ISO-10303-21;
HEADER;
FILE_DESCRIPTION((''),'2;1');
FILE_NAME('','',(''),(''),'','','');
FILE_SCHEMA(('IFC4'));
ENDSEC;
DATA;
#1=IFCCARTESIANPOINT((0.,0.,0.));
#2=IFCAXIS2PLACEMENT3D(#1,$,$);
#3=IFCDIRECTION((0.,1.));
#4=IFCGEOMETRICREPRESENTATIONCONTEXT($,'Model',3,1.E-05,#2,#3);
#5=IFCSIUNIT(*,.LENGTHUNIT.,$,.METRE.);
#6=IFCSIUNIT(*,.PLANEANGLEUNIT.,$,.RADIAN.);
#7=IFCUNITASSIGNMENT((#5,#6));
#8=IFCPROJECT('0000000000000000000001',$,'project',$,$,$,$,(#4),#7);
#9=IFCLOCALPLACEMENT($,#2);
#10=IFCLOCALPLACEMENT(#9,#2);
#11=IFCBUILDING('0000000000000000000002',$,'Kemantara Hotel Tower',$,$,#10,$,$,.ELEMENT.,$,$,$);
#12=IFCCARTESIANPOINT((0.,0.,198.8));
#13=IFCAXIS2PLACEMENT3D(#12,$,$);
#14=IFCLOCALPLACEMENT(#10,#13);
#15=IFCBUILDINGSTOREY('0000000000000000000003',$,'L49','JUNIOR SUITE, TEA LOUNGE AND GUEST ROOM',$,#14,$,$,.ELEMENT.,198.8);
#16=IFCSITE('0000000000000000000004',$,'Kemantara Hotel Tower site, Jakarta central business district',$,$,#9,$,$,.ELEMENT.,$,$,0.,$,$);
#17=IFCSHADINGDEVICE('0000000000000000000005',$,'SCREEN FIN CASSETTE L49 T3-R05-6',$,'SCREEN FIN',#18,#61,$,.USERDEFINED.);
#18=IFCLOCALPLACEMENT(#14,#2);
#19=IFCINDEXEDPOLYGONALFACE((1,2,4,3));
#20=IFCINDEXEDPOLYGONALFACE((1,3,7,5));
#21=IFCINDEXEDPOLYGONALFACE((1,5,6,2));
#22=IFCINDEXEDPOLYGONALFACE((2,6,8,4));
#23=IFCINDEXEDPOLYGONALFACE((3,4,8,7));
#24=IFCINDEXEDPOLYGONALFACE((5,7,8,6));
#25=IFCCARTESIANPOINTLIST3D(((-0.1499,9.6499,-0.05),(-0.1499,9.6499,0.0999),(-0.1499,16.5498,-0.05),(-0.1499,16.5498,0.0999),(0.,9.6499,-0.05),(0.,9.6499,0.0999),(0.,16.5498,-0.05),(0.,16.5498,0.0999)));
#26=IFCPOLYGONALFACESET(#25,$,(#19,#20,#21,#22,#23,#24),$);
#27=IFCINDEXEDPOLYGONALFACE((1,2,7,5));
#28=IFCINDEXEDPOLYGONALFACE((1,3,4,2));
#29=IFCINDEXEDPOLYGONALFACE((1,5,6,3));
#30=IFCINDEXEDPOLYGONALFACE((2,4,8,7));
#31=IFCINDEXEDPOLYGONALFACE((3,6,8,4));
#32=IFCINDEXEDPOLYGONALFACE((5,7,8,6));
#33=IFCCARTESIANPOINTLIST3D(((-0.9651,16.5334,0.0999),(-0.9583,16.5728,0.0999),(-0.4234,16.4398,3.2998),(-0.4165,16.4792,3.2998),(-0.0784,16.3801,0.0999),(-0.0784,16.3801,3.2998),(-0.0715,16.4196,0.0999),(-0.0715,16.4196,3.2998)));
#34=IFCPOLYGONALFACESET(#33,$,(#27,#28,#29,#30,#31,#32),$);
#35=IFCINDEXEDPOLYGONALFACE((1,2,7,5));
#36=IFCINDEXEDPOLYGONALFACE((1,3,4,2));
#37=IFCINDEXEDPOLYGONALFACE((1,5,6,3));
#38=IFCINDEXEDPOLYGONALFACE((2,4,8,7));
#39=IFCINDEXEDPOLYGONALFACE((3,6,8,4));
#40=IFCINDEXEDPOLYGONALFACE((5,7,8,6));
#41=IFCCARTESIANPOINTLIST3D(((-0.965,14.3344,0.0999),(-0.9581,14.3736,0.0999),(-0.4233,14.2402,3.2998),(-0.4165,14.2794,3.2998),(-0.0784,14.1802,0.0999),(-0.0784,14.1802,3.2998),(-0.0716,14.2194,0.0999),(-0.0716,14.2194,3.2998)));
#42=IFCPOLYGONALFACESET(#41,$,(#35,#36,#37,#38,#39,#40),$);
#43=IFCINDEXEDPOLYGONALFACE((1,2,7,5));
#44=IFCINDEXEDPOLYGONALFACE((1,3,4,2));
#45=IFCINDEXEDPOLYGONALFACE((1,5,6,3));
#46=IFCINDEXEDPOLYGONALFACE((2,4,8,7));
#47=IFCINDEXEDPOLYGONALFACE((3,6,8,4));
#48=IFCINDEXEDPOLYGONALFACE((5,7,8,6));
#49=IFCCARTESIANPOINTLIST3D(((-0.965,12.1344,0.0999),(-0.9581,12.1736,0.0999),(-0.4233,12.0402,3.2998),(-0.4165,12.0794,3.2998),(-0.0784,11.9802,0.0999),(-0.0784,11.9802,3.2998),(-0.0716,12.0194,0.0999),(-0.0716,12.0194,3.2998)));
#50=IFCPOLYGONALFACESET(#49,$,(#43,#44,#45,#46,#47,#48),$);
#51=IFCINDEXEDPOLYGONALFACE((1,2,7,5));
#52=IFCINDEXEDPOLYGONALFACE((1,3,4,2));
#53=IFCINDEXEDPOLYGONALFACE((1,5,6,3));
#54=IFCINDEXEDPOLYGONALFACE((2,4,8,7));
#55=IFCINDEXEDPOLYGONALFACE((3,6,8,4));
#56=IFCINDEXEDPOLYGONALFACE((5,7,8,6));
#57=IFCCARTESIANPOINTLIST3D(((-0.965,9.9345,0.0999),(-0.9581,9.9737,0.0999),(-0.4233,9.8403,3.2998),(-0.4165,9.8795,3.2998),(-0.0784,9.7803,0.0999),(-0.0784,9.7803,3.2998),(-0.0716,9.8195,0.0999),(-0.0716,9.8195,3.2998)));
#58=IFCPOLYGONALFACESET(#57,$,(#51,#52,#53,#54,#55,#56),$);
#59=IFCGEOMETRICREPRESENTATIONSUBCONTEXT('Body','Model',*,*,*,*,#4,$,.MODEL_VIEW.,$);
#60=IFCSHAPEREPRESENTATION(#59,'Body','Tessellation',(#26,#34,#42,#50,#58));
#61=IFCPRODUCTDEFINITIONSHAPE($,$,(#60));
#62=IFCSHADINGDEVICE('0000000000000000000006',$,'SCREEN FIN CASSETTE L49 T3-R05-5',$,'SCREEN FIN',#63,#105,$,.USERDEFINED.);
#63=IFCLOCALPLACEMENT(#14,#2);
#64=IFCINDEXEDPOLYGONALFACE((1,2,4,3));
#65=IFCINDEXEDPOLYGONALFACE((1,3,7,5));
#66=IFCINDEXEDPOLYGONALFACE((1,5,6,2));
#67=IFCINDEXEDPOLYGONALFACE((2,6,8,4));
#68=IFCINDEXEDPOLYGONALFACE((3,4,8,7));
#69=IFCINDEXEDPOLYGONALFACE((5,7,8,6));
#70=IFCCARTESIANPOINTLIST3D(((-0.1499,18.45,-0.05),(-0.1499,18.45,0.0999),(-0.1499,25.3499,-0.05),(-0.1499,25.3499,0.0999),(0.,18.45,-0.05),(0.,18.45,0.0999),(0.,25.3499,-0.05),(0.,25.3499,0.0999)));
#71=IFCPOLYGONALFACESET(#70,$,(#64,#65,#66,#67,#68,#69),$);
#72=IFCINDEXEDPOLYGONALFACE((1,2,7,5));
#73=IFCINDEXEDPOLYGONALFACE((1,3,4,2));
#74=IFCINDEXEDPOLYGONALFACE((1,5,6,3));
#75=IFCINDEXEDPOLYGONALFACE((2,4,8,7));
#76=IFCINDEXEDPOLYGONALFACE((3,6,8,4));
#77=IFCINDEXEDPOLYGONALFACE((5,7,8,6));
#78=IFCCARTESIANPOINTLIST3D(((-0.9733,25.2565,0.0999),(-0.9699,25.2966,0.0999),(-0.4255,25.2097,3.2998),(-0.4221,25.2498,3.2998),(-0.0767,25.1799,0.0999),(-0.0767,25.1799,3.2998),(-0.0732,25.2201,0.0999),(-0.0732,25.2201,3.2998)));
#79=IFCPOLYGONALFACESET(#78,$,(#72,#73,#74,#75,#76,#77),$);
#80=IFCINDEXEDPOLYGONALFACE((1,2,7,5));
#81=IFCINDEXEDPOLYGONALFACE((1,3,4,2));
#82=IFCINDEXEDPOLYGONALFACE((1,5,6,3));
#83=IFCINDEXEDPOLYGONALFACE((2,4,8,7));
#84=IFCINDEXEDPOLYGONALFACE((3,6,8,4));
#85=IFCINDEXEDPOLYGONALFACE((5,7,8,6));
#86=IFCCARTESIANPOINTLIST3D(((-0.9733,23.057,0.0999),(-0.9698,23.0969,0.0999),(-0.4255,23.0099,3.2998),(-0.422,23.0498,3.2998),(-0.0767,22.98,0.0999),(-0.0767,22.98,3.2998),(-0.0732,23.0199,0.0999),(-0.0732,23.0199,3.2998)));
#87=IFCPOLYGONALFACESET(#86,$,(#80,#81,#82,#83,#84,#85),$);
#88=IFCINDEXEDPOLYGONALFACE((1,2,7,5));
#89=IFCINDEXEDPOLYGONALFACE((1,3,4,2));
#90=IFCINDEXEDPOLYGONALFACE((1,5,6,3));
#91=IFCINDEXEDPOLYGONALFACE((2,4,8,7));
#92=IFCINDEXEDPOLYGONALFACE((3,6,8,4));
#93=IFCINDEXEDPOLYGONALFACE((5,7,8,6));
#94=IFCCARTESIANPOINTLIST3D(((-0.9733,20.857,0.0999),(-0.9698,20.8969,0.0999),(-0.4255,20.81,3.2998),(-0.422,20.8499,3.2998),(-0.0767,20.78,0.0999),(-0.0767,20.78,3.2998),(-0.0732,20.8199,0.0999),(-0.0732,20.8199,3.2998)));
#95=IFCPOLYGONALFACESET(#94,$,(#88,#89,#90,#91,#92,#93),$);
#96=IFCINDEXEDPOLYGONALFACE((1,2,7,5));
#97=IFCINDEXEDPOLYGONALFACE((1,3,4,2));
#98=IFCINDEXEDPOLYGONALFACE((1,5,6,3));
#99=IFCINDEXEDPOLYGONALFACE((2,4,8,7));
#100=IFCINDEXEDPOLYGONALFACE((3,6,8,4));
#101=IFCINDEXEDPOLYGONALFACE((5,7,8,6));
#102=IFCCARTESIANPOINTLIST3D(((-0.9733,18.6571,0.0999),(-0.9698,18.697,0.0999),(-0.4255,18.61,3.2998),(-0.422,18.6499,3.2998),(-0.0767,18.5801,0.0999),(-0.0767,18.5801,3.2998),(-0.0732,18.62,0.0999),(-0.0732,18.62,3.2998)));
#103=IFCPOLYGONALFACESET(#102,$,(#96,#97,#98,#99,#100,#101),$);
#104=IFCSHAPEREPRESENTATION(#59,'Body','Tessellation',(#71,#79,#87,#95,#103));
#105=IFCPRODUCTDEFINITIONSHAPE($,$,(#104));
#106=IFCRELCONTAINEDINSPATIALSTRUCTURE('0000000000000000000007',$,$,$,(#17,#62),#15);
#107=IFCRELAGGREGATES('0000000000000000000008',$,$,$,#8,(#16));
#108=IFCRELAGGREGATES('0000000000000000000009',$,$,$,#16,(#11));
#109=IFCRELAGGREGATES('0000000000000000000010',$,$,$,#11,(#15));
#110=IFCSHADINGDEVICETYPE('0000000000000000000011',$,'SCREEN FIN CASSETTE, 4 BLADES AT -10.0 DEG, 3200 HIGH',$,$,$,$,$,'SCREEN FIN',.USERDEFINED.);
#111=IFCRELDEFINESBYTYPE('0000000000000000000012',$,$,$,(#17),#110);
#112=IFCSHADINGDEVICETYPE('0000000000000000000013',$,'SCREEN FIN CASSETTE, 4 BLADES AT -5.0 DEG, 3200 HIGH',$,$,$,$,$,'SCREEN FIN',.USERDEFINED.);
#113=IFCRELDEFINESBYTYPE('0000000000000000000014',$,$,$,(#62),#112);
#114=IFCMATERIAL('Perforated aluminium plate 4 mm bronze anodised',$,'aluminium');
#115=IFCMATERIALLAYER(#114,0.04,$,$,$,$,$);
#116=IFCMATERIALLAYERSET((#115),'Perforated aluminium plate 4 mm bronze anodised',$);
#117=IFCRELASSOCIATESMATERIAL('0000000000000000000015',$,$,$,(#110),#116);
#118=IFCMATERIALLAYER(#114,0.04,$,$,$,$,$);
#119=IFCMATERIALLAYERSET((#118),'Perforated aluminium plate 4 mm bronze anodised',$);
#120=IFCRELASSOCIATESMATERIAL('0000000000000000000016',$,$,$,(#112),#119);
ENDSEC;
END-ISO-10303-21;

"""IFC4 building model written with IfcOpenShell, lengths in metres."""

from ifc_helpers import new_model, si_unit, direction, frame, origin, origin_2d, place, context, subcontext, project, spatial, polyline, rectangle, outline, extrude, source, transform, mapped, material, layer, layer_set, type_object, element, save


model = new_model("IFC4")

# Units and contexts
model_context = context("Model", 3, precision=1e-05, world=origin(), true_north=direction((0.0, 1.0)))
body_context = subcontext(model_context, "Body", "Model", "MODEL_VIEW")
ifc_project = project(units=[si_unit("LENGTHUNIT", "METRE"), si_unit("PLANEANGLEUNIT", "RADIAN")], contexts=[model_context])

# Site, building, storey
site_placement = place(None, origin())
site = spatial("IfcSite", under=ifc_project, at=site_placement, Name="Kemantara Hotel Tower site, Jakarta central business district", CompositionType="ELEMENT", RefElevation=0.0)
building_placement = place(site_placement, origin())
building = spatial("IfcBuilding", under=site, at=building_placement, Name="Kemantara Hotel Tower", CompositionType="ELEMENT")
storey_placement = place(building_placement, frame((0.0, 0.0, 198.8)))
storey = spatial("IfcBuildingStorey", under=building, at=storey_placement, Name="L49", Description="JUNIOR SUITE, TEA LOUNGE AND GUEST ROOM", CompositionType="ELEMENT", Elevation=198.8)

# Shading devices
ifc_material_1 = material(Name="Perforated aluminium plate 4 mm bronze anodised", Category="aluminium")
ifc_layer_1 = layer(ifc_material_1, 0.04)
ifc_layer_set_1 = layer_set([ifc_layer_1], Name="Perforated aluminium plate 4 mm bronze anodised")
shading_device_type_1 = type_object("IfcShadingDeviceType", Name="SCREEN FIN CASSETTE, 4 BLADES AT -10.0 DEG, 3200 HIGH", ElementType="SCREEN FIN", PredefinedType="USERDEFINED", material=ifc_layer_set_1)
shared_shape_1 = source(origin(), body_context, "Body", "SweptSolid", [
    extrude(rectangle(XDim=6.8999, YDim=0.1499, at=origin_2d()), frame((3.3, -0.075, -0.1499), z_axis=(0.0, 0.0, 1.0), x_axis=(1.0, 0.0, 0.0)), (0.0, 0.0, 1.0), 0.1499),
    extrude(outline(polyline([(0.0, 0.0), (0.8999, 0.0), (0.3501, 3.2), (0.0, 3.2), (0.0, 0.0)])), frame((0.0198, -0.0784, 0.0), z_axis=(-0.98539, 0.170314, 0.0), x_axis=(-0.170314, -0.98539, 0.0)), (0.0, 0.0, 1.0), 0.04),
    extrude(outline(polyline([(0.0, 0.0), (0.8999, 0.0), (0.3501, 3.2), (0.0, 3.2), (0.0, 0.0)])), frame((2.2197, -0.0784, 0.0), z_axis=(-0.985212, 0.171341, 0.0), x_axis=(-0.171341, -0.985212, 0.0)), (0.0, 0.0, 1.0), 0.0398),
    extrude(outline(polyline([(0.0, 0.0), (0.8999, 0.0), (0.3501, 3.2), (0.0, 3.2), (0.0, 0.0)])), frame((4.4197, -0.0784, 0.0), z_axis=(-0.985212, 0.171341, 0.0), x_axis=(-0.171341, -0.985212, 0.0)), (0.0, 0.0, 1.0), 0.0398),
    extrude(outline(polyline([(0.0, 0.0), (0.8999, 0.0), (0.3501, 3.2), (0.0, 3.2), (0.0, 0.0)])), frame((6.6196, -0.0784, 0.0), z_axis=(-0.985212, 0.171341, 0.0), x_axis=(-0.171341, -0.985212, 0.0)), (0.0, 0.0, 1.0), 0.0398),
])
shading_device_1_placement = place(storey_placement, frame((0.0, 16.3999, 0.0999), z_axis=(0.0, 0.0, 1.0), x_axis=(0.0, -1.0, 0.0)))
element("IfcShadingDevice", 1, at=shading_device_1_placement, inside=storey, type_object=shading_device_type_1, Name="SCREEN FIN CASSETTE L49 T3-R05-6", ObjectType="SCREEN FIN", PredefinedType="USERDEFINED", context=body_context, shape_type="MappedRepresentation", body=[
    mapped(shared_shape_1, transform((0.0, 0.0, 0.0))),
])
ifc_layer_2 = layer(ifc_material_1, 0.04)
ifc_layer_set_2 = layer_set([ifc_layer_2], Name="Perforated aluminium plate 4 mm bronze anodised")
shading_device_type_2 = type_object("IfcShadingDeviceType", Name="SCREEN FIN CASSETTE, 4 BLADES AT -5.0 DEG, 3200 HIGH", ElementType="SCREEN FIN", PredefinedType="USERDEFINED", material=ifc_layer_set_2)
shared_shape_2 = source(origin(), body_context, "Body", "SweptSolid", [
    extrude(rectangle(XDim=6.8999, YDim=0.1499, at=origin_2d()), frame((3.3, -0.075, -0.1499), z_axis=(0.0, 0.0, 1.0), x_axis=(1.0, 0.0, 0.0)), (0.0, 0.0, 1.0), 0.1499),
    extrude(outline(polyline([(0.0, 0.0), (0.8999, 0.0), (0.3501, 3.2), (0.0, 3.2), (0.0, 0.0)])), frame((0.02, -0.0767, 0.0), z_axis=(-0.996376, 0.085056, 0.0), x_axis=(-0.085056, -0.996376, 0.0)), (0.0, 0.0, 1.0), 0.0403),
    extrude(outline(polyline([(0.0, 0.0), (0.8999, 0.0), (0.3501, 3.2), (0.0, 3.2), (0.0, 0.0)])), frame((2.22, -0.0767, 0.0), z_axis=(-0.996332, 0.085575, 0.0), x_axis=(-0.085575, -0.996332, 0.0)), (0.0, 0.0, 1.0), 0.04),
    extrude(outline(polyline([(0.0, 0.0), (0.8999, 0.0), (0.3501, 3.2), (0.0, 3.2), (0.0, 0.0)])), frame((4.4199, -0.0767, 0.0), z_axis=(-0.996332, 0.085575, 0.0), x_axis=(-0.085575, -0.996332, 0.0)), (0.0, 0.0, 1.0), 0.04),
    extrude(outline(polyline([(0.0, 0.0), (0.8999, 0.0), (0.3501, 3.2), (0.0, 3.2), (0.0, 0.0)])), frame((6.6199, -0.0767, 0.0), z_axis=(-0.996332, 0.085575, 0.0), x_axis=(-0.085575, -0.996332, 0.0)), (0.0, 0.0, 1.0), 0.04),
])
shading_device_2_placement = place(storey_placement, frame((0.0, 25.2, 0.0999), z_axis=(0.0, 0.0, 1.0), x_axis=(0.0, -1.0, 0.0)))
element("IfcShadingDevice", 2, at=shading_device_2_placement, inside=storey, type_object=shading_device_type_2, Name="SCREEN FIN CASSETTE L49 T3-R05-5", ObjectType="SCREEN FIN", PredefinedType="USERDEFINED", context=body_context, shape_type="MappedRepresentation", body=[
    mapped(shared_shape_2, transform((0.0, 0.0, 0.0))),
])

save(model, "model.ifc")
